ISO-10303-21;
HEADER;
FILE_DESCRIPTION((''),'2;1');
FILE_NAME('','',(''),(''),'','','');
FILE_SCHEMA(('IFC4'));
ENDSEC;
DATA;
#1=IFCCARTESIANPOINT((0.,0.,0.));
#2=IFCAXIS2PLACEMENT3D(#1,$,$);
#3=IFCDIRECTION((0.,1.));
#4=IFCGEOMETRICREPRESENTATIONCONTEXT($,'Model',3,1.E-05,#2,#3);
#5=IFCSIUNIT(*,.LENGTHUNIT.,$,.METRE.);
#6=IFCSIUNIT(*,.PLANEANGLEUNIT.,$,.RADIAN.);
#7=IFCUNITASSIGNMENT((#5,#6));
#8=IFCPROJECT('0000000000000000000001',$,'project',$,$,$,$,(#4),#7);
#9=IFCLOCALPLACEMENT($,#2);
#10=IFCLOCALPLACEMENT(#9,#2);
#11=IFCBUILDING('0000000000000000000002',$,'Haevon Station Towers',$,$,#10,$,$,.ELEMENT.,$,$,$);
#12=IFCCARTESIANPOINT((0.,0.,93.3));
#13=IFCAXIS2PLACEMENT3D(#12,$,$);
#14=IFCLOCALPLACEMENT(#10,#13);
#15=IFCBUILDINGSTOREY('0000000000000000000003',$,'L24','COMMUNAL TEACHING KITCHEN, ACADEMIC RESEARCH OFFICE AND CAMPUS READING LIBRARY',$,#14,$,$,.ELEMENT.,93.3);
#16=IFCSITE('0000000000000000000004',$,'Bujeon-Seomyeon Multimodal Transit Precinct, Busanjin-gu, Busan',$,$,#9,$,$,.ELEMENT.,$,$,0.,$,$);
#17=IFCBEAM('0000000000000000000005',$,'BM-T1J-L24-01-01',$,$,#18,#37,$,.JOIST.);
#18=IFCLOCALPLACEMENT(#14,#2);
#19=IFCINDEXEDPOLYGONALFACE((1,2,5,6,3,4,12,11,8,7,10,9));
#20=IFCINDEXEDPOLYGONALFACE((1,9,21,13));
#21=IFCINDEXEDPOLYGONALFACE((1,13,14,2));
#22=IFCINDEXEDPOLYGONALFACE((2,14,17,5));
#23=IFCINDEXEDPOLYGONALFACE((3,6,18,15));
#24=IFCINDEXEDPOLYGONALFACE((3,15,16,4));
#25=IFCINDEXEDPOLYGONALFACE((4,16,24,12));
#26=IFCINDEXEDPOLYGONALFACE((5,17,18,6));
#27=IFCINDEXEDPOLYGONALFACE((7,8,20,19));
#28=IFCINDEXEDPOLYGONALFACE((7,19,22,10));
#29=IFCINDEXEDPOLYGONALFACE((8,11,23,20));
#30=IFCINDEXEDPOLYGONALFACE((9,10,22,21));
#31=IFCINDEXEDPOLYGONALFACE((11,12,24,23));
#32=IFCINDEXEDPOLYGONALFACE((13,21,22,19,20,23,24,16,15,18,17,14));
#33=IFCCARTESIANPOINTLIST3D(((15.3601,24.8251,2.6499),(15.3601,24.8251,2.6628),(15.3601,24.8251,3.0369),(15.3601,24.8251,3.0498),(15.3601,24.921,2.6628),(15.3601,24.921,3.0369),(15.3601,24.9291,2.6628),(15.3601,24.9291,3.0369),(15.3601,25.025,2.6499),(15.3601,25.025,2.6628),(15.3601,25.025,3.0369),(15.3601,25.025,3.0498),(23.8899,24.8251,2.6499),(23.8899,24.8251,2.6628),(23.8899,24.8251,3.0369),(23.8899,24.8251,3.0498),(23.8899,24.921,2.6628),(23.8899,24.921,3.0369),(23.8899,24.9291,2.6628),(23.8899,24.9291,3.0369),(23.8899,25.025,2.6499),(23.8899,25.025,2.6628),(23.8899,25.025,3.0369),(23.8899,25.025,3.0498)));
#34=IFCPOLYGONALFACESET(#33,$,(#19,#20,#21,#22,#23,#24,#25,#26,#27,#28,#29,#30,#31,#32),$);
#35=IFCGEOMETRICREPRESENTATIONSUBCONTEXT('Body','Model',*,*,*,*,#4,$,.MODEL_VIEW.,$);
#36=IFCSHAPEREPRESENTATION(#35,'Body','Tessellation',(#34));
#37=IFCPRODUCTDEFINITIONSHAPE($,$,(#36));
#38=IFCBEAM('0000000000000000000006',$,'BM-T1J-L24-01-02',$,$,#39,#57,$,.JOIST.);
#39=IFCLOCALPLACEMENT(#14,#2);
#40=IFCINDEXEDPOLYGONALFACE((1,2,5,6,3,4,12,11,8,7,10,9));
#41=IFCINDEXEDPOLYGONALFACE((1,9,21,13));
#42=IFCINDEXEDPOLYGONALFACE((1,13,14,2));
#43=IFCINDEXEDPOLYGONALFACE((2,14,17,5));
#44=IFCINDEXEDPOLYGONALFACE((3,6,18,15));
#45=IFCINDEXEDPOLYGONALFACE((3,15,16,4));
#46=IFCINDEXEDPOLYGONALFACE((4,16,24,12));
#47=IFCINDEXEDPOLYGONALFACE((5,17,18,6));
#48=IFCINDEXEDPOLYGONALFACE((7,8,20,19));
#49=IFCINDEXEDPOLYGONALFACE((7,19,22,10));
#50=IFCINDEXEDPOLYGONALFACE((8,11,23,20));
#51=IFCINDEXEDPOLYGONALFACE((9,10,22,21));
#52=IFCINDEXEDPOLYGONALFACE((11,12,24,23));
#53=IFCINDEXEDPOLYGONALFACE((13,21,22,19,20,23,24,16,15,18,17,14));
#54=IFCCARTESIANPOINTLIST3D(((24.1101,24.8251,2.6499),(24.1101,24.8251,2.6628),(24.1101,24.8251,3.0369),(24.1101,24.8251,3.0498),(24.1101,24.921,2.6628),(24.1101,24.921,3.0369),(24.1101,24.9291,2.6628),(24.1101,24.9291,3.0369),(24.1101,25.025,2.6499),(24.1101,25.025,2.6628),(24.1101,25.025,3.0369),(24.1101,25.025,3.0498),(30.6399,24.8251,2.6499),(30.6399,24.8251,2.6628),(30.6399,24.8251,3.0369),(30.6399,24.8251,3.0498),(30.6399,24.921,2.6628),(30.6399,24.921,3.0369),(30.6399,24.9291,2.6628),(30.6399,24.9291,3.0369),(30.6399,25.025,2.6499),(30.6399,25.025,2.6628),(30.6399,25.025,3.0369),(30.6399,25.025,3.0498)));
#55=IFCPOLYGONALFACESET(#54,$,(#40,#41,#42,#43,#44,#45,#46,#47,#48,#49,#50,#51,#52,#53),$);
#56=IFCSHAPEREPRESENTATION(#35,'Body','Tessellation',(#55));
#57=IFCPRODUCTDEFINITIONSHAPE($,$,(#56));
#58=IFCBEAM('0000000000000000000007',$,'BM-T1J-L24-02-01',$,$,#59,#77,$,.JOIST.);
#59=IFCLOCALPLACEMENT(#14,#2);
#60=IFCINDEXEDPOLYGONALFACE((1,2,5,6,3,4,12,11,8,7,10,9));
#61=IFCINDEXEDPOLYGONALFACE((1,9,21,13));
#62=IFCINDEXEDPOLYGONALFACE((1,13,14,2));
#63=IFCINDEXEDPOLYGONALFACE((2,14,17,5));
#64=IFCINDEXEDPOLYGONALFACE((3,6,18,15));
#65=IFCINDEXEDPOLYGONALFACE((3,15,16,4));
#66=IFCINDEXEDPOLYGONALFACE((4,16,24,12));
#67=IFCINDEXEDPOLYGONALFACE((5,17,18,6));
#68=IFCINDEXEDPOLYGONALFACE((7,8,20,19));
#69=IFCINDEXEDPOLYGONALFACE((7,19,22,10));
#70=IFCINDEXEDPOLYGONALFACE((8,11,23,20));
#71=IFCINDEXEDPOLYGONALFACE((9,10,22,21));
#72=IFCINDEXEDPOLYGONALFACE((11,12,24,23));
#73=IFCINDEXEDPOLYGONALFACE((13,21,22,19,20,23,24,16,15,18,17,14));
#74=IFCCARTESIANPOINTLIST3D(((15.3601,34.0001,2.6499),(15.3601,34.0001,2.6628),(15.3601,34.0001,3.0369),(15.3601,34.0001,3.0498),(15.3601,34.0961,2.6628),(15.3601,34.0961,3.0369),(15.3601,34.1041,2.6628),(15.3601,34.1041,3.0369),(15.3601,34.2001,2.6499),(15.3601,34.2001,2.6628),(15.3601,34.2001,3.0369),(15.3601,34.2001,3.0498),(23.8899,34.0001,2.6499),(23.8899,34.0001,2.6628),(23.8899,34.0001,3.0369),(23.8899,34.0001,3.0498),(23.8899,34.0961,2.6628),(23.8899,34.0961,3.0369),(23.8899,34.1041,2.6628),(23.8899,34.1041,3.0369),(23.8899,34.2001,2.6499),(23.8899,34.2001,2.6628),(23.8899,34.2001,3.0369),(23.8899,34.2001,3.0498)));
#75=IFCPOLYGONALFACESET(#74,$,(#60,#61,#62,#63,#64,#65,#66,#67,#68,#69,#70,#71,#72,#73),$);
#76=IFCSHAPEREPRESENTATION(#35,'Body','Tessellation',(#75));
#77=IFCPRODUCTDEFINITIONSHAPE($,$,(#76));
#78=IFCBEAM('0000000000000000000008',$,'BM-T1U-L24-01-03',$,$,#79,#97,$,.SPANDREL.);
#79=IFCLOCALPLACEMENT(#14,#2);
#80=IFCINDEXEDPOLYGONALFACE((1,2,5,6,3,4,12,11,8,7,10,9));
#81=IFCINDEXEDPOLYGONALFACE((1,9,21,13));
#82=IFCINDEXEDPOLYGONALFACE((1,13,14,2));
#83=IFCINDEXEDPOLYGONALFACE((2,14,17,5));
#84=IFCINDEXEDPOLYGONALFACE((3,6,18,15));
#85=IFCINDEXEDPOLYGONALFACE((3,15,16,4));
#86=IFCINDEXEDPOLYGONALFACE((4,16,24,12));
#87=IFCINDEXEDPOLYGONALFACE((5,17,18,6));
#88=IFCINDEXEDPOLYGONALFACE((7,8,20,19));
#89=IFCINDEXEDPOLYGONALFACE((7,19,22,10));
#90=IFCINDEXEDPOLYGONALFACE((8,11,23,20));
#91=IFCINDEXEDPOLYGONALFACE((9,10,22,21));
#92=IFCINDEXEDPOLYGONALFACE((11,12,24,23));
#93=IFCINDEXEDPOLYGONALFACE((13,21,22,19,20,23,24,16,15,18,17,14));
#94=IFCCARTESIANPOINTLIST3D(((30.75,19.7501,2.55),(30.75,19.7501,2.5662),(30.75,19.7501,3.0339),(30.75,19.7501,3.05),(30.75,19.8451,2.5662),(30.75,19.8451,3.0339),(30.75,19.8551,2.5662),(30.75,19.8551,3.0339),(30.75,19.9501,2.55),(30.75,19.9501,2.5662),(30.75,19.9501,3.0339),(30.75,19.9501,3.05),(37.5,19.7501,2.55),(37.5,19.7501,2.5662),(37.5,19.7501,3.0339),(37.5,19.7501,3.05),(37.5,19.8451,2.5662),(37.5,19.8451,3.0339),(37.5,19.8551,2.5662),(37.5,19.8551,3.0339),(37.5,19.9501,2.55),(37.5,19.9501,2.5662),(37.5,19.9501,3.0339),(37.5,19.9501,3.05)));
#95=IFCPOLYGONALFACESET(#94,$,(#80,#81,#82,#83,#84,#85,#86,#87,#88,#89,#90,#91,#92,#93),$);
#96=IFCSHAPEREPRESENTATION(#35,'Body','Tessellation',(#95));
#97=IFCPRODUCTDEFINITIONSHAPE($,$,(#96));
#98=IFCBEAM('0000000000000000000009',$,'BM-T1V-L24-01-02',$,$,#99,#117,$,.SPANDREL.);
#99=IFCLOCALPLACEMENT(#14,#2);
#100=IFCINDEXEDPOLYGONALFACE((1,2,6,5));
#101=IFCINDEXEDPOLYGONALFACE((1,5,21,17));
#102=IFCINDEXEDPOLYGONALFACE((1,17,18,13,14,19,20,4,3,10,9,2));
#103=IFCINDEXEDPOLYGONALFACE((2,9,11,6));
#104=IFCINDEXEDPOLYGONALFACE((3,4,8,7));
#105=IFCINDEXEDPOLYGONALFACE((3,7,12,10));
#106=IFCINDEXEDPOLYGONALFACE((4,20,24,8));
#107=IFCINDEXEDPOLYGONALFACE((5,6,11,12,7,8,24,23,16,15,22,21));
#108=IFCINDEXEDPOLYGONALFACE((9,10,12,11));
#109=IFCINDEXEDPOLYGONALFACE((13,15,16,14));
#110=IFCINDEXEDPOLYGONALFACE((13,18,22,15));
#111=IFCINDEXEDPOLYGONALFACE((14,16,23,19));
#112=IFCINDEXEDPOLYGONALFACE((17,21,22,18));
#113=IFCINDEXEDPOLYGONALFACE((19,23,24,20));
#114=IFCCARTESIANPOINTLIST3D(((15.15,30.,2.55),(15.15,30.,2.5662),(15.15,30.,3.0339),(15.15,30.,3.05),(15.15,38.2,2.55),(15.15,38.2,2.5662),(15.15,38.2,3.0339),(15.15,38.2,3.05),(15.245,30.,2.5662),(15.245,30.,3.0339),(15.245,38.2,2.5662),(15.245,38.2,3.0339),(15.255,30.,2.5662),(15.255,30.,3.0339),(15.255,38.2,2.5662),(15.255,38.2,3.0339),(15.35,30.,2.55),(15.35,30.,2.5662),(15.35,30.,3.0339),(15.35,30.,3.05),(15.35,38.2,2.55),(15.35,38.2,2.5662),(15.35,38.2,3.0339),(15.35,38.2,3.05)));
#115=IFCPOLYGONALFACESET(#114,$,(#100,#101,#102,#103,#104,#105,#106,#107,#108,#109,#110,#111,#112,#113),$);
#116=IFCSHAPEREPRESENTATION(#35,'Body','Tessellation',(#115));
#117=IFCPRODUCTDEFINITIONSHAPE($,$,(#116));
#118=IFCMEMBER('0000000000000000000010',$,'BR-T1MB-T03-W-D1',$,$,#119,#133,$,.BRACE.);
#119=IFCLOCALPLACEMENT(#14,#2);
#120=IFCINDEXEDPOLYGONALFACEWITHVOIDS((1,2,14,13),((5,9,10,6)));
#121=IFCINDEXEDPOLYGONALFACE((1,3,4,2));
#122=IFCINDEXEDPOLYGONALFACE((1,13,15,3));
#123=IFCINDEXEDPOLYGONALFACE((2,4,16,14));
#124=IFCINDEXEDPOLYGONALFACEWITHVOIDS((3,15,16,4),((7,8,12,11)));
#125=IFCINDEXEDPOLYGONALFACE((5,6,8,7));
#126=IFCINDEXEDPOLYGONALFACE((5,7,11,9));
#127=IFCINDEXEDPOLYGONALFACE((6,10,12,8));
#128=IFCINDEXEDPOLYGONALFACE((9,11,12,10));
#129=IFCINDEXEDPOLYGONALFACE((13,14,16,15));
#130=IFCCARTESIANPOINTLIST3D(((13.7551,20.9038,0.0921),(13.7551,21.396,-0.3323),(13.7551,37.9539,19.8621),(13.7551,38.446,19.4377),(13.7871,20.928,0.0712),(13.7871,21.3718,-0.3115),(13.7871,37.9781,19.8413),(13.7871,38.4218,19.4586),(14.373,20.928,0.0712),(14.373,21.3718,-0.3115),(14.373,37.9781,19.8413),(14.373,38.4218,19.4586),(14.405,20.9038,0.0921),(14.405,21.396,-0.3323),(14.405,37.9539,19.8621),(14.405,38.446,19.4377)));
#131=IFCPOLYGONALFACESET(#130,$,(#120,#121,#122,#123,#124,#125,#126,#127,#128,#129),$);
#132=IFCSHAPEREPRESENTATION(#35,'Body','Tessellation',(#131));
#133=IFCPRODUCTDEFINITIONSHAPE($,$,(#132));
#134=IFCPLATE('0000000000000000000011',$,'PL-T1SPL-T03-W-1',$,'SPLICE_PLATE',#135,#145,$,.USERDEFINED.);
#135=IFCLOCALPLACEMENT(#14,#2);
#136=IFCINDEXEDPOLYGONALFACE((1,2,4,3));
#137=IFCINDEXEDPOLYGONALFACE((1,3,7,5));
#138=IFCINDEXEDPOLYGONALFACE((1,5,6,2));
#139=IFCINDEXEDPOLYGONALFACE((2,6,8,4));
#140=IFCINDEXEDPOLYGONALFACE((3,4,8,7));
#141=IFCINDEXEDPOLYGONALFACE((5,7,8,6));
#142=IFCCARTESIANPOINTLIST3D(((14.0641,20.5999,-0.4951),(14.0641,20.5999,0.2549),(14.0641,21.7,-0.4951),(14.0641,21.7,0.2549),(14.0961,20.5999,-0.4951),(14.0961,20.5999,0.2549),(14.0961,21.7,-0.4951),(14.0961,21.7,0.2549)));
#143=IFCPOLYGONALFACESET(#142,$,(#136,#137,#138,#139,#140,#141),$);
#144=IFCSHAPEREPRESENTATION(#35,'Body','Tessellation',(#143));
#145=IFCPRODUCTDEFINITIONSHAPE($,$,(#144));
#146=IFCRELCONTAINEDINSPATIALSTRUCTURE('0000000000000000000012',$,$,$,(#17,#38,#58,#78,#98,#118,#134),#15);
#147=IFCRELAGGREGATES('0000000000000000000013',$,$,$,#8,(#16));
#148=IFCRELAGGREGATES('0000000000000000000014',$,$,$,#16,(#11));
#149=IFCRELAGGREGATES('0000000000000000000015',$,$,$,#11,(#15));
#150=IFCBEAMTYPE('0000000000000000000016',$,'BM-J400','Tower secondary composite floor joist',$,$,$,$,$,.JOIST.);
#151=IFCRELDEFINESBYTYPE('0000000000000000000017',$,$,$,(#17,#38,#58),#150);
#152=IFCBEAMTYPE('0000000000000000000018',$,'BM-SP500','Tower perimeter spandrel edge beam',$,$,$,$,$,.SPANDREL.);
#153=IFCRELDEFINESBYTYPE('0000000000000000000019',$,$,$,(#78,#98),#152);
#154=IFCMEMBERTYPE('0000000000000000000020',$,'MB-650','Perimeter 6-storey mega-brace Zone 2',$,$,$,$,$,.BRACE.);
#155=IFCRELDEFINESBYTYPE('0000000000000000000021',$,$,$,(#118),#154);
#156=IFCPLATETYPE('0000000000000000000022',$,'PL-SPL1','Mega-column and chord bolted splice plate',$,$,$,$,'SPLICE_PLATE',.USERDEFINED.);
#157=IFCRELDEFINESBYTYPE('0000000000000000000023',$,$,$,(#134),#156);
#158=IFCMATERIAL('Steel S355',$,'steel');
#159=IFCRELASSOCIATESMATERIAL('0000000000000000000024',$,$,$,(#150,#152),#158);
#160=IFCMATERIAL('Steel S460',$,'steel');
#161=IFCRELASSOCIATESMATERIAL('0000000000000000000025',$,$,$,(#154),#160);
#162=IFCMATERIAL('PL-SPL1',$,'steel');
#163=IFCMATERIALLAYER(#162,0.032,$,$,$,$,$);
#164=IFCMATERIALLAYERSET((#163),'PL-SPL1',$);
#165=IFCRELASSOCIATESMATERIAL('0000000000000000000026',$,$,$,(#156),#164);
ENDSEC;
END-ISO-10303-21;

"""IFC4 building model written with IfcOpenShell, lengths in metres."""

from ifc_helpers import new_model, si_unit, direction, frame, origin, origin_2d, place, context, subcontext, project, spatial, rectangle, hollow_rectangle, i_section, extrude, material, layer, layer_set, material_profile, profile_set, type_object, element, save


model = new_model("IFC4")

# Units and contexts
model_context = context("Model", 3, precision=1e-05, world=origin(), true_north=direction((0.0, 1.0)))
body_context = subcontext(model_context, "Body", "Model", "MODEL_VIEW")
ifc_project = project(units=[si_unit("LENGTHUNIT", "METRE"), si_unit("PLANEANGLEUNIT", "RADIAN")], contexts=[model_context])

# Site, building, storey
site_placement = place(None, origin())
site = spatial("IfcSite", under=ifc_project, at=site_placement, Name="Bujeon-Seomyeon Multimodal Transit Precinct, Busanjin-gu, Busan", CompositionType="ELEMENT", RefElevation=0.0)
building_placement = place(site_placement, origin())
building = spatial("IfcBuilding", under=site, at=building_placement, Name="Haevon Station Towers", CompositionType="ELEMENT")
storey_placement = place(building_placement, frame((0.0, 0.0, 93.3)))
storey = spatial("IfcBuildingStorey", under=building, at=storey_placement, Name="L24", Description="COMMUNAL TEACHING KITCHEN, ACADEMIC RESEARCH OFFICE AND CAMPUS READING LIBRARY", CompositionType="ELEMENT", Elevation=93.3)

# Shared definitions
ifc_material_1 = material(Name="Steel S460", Category="steel")

# Beams
ifc_material_2 = material(Name="Steel S355", Category="steel")
ifc_material_profile_1 = material_profile(ifc_material_2, i_section(OverallWidth=0.2, OverallDepth=0.3999, WebThickness=0.0081, FlangeThickness=0.0129, at=origin_2d()), Name="H-400x200x8x13")
ifc_profile_set_1 = profile_set([ifc_material_profile_1], Name="Steel S355")
beam_type_1 = type_object("IfcBeamType", Name="BM-J400", Description="Tower secondary composite floor joist", PredefinedType="JOIST", material=ifc_profile_set_1)
beam_1_placement = place(storey_placement, frame((15.3601, 24.925, 2.8499), z_axis=(1.0, 0.0, 0.0), x_axis=(0.0, 1.0, 0.0)))
element("IfcBeam", 1, at=beam_1_placement, inside=storey, type_object=beam_type_1, Name="BM-T1J-L24-01-01", PredefinedType="JOIST", context=body_context, shape_type="SweptSolid", body=[
    extrude(i_section(OverallWidth=0.2, OverallDepth=0.3999, WebThickness=0.0081, FlangeThickness=0.0129, at=origin_2d()), origin(), (0.0, 0.0, 1.0), 8.5298),
])
beam_2_placement = place(storey_placement, frame((24.1101, 24.925, 2.8499), z_axis=(1.0, 0.0, 0.0), x_axis=(0.0, 1.0, 0.0)))
element("IfcBeam", 2, at=beam_2_placement, inside=storey, type_object=beam_type_1, Name="BM-T1J-L24-01-02", PredefinedType="JOIST", context=body_context, shape_type="SweptSolid", body=[
    extrude(i_section(OverallWidth=0.2, OverallDepth=0.3999, WebThickness=0.0081, FlangeThickness=0.0129, at=origin_2d()), origin(), (0.0, 0.0, 1.0), 6.5298),
])
beam_3_placement = place(storey_placement, frame((15.3601, 34.1001, 2.8499), z_axis=(1.0, 0.0, 0.0), x_axis=(0.0, 1.0, 0.0)))
element("IfcBeam", 3, at=beam_3_placement, inside=storey, type_object=beam_type_1, Name="BM-T1J-L24-02-01", PredefinedType="JOIST", context=body_context, shape_type="SweptSolid", body=[
    extrude(i_section(OverallWidth=0.2, OverallDepth=0.3999, WebThickness=0.0081, FlangeThickness=0.0129, at=origin_2d()), origin(), (0.0, 0.0, 1.0), 8.5298),
])
ifc_material_profile_2 = material_profile(ifc_material_2, i_section(OverallWidth=0.2, OverallDepth=0.5, WebThickness=0.01, FlangeThickness=0.0161, at=origin_2d()), Name="H-500x200x10x16")
ifc_profile_set_2 = profile_set([ifc_material_profile_2], Name="Steel S355")
beam_type_2 = type_object("IfcBeamType", Name="BM-SP500", Description="Tower perimeter spandrel edge beam", PredefinedType="SPANDREL", material=ifc_profile_set_2)
beam_4_placement = place(storey_placement, frame((30.75, 19.8501, 2.8), z_axis=(1.0, 0.0, 0.0), x_axis=(0.0, 1.0, 0.0)))
element("IfcBeam", 4, at=beam_4_placement, inside=storey, type_object=beam_type_2, Name="BM-T1U-L24-01-03", PredefinedType="SPANDREL", context=body_context, shape_type="SweptSolid", body=[
    extrude(i_section(OverallWidth=0.2, OverallDepth=0.5, WebThickness=0.01, FlangeThickness=0.0161, at=origin_2d()), origin(), (0.0, 0.0, 1.0), 6.75),
])
beam_5_placement = place(storey_placement, frame((15.25, 30.0, 2.8), z_axis=(0.0, 1.0, 0.0), x_axis=(-1.0, 0.0, 0.0)))
element("IfcBeam", 5, at=beam_5_placement, inside=storey, type_object=beam_type_2, Name="BM-T1V-L24-01-02", PredefinedType="SPANDREL", context=body_context, shape_type="SweptSolid", body=[
    extrude(i_section(OverallWidth=0.2, OverallDepth=0.5, WebThickness=0.01, FlangeThickness=0.0161, at=origin_2d()), origin(), (0.0, 0.0, 1.0), 8.2),
])

# Member
ifc_material_profile_3 = material_profile(ifc_material_1, hollow_rectangle(XDim=0.6499, YDim=0.6499, WallThickness=0.032, at=origin_2d()), Name="RHS-650x650x32")
ifc_profile_set_3 = profile_set([ifc_material_profile_3], Name="Steel S460")
member_type = type_object("IfcMemberType", Name="MB-650", Description="Perimeter 6-storey mega-brace Zone 2", PredefinedType="BRACE", material=ifc_profile_set_3)
member_placement = place(storey_placement, frame((14.0801, 21.1499, -0.1201), z_axis=(0.0, 0.653092, 0.757279), x_axis=(-1.0, 0.0, 0.0)))
element("IfcMember", 6, at=member_placement, inside=storey, type_object=member_type, Name="BR-T1MB-T03-W-D1", PredefinedType="BRACE", context=body_context, shape_type="SweptSolid", body=[
    extrude(hollow_rectangle(XDim=0.6499, YDim=0.6499, WallThickness=0.032, at=origin_2d()), origin(), (0.0, 0.0, 1.0), 26.1067),
])

# Plate
ifc_material_3 = material(Name="PL-SPL1", Category="steel")
ifc_layer_1 = layer(ifc_material_3, 0.032)
ifc_layer_set_1 = layer_set([ifc_layer_1], Name="PL-SPL1")
plate_type = type_object("IfcPlateType", Name="PL-SPL1", Description="Mega-column and chord bolted splice plate", ElementType="SPLICE_PLATE", PredefinedType="USERDEFINED", material=ifc_layer_set_1)
plate_placement = place(storey_placement, frame((14.0801, 21.1499, -0.4951), z_axis=(0.0, 0.0, 1.0), x_axis=(0.0, 1.0, 0.0)))
element("IfcPlate", 7, at=plate_placement, inside=storey, type_object=plate_type, Name="PL-T1SPL-T03-W-1", ObjectType="SPLICE_PLATE", PredefinedType="USERDEFINED", context=body_context, shape_type="SweptSolid", body=[
    extrude(rectangle(XDim=1.1001, YDim=0.032, at=origin_2d()), origin(), (0.0, 0.0, 1.0), 0.75),
])

save(model, "model.ifc")
